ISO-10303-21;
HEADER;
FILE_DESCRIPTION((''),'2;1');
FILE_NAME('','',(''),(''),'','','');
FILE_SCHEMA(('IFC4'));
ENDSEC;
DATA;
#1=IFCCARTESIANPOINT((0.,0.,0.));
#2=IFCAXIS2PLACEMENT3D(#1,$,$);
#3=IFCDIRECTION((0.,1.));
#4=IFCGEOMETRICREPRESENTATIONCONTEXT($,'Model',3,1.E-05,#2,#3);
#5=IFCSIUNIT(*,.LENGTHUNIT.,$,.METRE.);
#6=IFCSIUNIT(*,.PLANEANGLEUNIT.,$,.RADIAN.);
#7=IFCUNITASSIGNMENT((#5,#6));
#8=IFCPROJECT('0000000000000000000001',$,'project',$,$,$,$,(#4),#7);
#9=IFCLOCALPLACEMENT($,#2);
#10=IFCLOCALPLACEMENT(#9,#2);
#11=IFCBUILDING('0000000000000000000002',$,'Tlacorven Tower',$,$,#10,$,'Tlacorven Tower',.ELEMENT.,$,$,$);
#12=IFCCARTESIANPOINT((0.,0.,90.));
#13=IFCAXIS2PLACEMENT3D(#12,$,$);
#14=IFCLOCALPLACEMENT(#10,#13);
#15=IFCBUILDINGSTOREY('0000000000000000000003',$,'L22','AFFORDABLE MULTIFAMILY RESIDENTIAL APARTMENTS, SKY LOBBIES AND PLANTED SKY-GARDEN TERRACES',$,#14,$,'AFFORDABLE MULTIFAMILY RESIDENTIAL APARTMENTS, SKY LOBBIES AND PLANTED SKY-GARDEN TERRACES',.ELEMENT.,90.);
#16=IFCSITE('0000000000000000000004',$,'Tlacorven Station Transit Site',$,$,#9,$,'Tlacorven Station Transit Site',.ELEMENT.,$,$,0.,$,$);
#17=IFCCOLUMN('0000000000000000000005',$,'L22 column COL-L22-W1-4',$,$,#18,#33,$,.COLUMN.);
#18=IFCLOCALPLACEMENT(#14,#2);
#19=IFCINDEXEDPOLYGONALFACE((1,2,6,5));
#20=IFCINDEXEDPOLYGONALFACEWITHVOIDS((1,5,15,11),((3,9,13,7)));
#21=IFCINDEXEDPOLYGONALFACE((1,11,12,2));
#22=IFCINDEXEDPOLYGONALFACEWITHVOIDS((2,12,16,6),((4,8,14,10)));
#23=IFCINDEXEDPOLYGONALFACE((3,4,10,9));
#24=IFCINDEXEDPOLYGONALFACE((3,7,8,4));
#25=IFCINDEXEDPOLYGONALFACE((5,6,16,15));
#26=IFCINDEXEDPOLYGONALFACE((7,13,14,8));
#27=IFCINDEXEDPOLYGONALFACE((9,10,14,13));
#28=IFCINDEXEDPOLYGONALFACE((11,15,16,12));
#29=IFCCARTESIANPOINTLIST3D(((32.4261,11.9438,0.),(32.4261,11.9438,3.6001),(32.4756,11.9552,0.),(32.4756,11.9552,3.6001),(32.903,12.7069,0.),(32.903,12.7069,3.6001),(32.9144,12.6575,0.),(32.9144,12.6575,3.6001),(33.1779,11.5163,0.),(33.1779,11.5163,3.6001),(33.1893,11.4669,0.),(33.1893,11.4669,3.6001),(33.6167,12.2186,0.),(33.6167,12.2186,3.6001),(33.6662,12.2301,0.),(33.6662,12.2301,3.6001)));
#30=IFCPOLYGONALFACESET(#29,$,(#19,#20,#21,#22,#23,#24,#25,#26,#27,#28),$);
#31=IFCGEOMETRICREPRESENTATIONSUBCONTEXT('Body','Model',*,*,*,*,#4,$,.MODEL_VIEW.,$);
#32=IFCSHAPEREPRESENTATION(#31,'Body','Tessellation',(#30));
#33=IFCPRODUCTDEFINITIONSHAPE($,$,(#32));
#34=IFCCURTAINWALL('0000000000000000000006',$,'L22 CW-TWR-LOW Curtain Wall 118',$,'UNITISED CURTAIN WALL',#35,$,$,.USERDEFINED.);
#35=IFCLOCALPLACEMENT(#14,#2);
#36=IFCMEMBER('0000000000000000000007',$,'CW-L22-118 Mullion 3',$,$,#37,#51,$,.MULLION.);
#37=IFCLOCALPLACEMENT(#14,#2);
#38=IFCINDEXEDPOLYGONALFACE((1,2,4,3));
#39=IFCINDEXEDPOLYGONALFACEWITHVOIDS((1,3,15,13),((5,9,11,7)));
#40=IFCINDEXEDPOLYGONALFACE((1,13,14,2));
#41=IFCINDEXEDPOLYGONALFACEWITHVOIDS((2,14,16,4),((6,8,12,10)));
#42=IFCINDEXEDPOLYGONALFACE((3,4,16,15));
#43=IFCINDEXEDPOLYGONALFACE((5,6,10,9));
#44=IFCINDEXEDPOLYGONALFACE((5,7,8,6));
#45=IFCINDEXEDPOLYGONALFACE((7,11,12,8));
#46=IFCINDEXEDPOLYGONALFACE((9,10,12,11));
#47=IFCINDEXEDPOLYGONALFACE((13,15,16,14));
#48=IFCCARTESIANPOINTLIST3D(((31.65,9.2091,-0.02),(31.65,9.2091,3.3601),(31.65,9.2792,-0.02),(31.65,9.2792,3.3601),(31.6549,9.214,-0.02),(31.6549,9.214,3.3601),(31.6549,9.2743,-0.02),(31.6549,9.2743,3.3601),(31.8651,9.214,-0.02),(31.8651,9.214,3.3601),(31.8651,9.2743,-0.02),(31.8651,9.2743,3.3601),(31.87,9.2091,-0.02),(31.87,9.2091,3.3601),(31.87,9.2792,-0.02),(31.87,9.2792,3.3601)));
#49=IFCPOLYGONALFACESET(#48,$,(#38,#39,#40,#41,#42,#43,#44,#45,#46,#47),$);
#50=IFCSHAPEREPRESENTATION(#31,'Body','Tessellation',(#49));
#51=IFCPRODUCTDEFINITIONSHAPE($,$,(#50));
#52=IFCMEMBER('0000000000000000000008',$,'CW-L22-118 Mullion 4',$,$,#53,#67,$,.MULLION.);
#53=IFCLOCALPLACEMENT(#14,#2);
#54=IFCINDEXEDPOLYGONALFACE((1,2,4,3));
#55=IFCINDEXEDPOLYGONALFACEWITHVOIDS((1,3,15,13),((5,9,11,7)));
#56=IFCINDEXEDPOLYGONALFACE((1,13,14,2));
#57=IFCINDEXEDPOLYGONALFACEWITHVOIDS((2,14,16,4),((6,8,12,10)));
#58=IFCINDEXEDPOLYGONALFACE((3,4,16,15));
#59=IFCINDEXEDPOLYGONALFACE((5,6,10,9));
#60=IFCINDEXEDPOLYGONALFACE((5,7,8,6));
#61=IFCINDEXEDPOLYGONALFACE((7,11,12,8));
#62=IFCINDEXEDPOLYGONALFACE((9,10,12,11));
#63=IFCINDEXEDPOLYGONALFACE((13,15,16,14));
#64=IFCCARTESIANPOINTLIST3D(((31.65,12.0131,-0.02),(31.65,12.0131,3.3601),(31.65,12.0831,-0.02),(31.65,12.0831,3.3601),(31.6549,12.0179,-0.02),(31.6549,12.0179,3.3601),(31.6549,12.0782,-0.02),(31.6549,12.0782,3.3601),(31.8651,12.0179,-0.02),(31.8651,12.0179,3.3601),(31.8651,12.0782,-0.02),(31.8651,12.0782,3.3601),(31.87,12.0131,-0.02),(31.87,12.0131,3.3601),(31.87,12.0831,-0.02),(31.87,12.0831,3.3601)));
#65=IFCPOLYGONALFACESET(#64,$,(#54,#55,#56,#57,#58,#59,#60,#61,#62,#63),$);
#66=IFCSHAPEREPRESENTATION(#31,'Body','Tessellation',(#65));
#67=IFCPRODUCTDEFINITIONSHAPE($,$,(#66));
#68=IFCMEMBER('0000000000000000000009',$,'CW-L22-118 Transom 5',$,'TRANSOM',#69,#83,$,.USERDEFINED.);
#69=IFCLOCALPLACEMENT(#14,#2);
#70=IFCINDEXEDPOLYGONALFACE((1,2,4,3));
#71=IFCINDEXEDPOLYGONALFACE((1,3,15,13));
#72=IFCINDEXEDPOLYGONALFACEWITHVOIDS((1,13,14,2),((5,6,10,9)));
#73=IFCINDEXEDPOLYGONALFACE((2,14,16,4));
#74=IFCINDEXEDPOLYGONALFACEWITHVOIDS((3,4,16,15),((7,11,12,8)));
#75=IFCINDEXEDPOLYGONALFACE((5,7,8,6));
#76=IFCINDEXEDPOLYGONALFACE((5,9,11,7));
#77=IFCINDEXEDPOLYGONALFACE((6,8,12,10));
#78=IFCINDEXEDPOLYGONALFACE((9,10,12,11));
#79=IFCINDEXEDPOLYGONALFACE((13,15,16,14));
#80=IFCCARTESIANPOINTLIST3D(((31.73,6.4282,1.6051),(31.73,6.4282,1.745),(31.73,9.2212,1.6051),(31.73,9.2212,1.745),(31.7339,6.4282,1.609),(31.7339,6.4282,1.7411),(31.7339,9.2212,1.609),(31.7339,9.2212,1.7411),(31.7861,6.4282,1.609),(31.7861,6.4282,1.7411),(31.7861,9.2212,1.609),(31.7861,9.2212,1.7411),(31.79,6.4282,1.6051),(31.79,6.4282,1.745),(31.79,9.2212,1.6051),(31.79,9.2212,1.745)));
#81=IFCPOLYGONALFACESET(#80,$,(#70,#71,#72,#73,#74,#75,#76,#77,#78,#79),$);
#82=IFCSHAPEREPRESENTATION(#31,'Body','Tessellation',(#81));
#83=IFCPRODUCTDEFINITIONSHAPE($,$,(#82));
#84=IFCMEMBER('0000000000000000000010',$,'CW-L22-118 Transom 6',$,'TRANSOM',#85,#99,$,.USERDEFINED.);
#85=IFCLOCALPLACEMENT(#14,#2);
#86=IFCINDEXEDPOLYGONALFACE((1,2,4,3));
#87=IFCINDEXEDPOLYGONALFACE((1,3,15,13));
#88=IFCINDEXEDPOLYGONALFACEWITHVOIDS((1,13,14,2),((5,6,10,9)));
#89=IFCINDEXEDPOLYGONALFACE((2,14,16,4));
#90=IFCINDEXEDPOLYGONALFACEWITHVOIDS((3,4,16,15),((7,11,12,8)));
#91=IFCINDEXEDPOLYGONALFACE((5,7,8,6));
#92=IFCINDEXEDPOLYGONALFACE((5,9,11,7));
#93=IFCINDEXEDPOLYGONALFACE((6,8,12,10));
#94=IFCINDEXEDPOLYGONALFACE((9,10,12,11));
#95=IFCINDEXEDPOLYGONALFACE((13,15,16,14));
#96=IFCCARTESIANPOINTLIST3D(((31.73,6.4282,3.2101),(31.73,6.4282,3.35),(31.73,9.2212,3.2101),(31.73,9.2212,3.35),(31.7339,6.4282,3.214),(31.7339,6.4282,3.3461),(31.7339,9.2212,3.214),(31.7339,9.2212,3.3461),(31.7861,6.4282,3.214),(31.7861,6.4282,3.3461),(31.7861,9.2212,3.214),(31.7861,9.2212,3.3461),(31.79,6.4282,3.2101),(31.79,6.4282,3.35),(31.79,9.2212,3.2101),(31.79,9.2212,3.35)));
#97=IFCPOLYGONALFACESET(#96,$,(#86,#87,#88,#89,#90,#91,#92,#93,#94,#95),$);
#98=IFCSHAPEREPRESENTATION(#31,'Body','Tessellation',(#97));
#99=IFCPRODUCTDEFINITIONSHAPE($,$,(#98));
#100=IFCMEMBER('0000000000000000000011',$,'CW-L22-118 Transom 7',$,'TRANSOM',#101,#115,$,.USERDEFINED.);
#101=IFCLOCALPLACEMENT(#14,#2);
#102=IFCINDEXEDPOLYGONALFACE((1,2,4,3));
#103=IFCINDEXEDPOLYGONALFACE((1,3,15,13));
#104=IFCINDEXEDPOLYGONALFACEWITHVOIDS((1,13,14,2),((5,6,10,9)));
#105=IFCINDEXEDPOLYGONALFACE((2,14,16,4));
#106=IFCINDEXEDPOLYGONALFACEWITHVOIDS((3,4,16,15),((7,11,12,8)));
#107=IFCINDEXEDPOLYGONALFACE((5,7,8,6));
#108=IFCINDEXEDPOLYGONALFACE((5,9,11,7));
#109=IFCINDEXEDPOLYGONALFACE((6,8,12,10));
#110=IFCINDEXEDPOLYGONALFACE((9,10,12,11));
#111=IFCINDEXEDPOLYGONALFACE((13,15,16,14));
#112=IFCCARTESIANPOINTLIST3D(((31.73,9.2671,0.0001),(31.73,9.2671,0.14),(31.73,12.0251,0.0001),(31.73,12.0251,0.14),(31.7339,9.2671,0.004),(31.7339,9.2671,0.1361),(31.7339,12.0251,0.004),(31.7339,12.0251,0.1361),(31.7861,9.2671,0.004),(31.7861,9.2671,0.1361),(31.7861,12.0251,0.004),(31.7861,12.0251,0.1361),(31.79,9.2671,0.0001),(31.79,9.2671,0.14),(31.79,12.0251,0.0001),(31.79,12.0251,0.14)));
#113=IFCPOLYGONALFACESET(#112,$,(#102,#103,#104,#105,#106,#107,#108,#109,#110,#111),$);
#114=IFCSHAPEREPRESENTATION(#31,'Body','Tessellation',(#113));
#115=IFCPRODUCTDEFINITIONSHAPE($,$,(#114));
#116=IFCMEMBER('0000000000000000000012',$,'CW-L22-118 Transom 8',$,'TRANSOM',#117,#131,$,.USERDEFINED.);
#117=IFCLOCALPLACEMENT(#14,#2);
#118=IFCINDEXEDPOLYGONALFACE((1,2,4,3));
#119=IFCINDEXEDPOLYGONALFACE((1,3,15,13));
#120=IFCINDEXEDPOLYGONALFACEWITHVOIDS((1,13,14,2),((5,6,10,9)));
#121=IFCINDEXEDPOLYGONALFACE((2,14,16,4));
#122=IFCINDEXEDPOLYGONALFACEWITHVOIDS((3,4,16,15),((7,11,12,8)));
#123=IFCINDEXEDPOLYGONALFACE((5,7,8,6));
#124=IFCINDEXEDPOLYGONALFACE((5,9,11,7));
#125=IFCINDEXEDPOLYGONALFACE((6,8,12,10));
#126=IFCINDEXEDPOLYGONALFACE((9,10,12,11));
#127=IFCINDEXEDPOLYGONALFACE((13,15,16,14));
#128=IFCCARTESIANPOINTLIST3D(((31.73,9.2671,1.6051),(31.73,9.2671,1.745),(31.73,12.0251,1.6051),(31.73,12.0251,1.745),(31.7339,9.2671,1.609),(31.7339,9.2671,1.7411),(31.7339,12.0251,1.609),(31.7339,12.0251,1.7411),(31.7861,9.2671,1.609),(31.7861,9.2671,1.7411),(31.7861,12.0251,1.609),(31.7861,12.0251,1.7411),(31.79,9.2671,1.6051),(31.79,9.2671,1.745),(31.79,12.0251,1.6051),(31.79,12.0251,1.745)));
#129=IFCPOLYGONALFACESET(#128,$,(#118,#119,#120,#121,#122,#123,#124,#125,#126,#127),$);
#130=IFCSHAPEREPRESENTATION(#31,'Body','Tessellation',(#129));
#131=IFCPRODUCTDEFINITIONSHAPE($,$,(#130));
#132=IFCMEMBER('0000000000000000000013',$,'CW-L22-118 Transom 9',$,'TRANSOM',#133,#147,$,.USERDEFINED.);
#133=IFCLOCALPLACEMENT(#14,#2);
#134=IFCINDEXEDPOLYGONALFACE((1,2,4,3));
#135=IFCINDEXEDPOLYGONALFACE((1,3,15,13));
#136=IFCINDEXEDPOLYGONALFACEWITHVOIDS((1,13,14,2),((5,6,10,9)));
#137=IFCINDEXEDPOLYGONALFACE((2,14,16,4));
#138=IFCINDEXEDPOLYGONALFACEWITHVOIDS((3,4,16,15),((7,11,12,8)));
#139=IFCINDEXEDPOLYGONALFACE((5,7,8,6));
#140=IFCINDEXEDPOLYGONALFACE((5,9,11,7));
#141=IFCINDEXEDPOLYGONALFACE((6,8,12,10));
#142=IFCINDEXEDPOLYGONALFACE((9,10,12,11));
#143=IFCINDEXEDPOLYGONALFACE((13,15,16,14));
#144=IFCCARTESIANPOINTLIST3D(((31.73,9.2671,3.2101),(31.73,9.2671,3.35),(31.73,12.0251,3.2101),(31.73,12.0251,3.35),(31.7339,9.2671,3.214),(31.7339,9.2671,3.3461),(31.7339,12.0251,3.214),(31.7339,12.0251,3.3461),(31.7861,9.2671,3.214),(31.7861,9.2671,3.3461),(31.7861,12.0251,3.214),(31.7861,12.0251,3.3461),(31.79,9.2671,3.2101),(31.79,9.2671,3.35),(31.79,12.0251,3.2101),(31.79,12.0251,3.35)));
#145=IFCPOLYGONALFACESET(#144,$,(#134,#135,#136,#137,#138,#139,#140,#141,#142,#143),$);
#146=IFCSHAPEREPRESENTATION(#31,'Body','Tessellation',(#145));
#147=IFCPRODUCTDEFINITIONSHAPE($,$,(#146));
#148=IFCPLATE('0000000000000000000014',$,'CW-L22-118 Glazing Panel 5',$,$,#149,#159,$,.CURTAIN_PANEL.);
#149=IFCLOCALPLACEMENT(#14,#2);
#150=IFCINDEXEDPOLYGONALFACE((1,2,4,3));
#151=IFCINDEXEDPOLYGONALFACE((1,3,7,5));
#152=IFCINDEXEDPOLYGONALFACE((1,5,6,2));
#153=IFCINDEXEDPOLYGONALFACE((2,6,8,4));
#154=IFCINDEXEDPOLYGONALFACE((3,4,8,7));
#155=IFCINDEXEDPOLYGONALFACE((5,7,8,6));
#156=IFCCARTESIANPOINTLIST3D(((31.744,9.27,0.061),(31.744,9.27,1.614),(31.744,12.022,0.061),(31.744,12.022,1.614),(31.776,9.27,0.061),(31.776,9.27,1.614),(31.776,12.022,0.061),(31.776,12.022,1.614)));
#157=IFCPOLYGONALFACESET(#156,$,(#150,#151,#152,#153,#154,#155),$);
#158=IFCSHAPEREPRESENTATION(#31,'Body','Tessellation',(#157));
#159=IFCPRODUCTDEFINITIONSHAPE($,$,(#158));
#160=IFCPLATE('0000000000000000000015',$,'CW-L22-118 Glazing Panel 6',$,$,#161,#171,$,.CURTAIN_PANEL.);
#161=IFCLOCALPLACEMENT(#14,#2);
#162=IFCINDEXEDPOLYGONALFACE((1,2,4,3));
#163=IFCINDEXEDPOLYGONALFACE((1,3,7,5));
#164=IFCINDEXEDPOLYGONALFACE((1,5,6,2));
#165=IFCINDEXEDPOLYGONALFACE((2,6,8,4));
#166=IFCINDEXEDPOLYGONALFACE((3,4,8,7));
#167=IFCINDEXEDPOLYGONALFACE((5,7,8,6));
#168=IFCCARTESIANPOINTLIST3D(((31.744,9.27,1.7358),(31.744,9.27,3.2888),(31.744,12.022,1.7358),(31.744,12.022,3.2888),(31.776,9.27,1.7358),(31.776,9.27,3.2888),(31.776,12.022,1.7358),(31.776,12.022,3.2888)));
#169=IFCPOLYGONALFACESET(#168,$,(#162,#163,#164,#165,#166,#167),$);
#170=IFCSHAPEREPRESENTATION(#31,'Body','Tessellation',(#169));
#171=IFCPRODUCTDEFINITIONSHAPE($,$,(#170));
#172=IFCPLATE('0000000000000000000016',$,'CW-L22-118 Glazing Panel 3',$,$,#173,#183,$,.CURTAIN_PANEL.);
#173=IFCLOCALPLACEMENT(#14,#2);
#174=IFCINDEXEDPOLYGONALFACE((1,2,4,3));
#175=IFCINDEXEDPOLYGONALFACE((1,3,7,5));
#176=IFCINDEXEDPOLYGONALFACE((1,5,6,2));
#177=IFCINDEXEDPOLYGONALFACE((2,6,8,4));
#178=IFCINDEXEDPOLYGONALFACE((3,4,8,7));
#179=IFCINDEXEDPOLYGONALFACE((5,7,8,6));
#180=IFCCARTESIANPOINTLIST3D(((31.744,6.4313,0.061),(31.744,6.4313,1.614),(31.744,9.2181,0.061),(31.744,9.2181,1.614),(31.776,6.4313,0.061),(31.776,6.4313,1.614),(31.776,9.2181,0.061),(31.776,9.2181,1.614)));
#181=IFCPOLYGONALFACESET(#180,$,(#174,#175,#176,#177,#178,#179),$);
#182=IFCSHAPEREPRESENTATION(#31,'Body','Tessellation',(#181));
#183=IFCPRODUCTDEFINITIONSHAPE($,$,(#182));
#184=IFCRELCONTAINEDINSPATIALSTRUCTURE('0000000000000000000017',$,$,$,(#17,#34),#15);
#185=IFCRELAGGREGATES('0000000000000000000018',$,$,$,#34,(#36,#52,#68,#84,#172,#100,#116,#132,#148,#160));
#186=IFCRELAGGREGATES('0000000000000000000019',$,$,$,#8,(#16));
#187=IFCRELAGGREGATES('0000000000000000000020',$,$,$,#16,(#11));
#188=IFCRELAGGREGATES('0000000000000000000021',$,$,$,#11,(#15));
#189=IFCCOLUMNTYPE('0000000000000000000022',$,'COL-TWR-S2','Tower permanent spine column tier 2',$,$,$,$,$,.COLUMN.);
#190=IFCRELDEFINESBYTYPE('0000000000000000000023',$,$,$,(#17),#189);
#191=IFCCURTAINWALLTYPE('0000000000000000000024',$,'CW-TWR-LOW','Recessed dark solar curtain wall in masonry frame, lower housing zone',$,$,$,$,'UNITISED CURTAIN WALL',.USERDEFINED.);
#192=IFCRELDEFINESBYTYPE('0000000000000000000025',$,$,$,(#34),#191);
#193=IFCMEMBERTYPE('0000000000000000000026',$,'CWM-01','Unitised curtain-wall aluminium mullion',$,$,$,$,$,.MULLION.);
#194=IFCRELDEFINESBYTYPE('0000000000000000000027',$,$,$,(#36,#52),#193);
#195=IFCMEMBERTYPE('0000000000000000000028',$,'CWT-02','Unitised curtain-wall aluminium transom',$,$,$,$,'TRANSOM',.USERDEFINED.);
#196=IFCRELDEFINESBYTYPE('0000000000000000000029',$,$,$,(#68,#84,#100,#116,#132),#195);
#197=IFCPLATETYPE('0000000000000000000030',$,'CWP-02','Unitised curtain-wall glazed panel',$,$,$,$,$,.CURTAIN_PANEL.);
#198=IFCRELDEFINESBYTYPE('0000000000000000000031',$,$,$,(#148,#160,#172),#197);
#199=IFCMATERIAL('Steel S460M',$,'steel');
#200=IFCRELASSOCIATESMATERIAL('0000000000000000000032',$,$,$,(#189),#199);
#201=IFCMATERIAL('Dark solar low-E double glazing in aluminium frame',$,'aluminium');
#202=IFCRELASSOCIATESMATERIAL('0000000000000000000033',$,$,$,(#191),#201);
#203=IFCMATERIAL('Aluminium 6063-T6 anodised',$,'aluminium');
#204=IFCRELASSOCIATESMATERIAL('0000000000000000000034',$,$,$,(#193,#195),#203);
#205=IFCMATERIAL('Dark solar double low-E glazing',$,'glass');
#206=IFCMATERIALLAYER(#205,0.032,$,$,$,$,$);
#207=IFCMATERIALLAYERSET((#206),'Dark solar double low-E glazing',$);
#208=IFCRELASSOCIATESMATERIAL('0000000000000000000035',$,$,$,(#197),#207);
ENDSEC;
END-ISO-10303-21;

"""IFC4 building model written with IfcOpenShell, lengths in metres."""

from ifc_helpers import new_model, si_unit, direction, frame, origin, origin_2d, place, context, subcontext, project, spatial, rectangle, hollow_rectangle, extrude, source, transform, mapped, material, layer, layer_set, material_profile, profile_set, type_object, element, aggregate, save


model = new_model("IFC4")

# Units and contexts
model_context = context("Model", 3, precision=1e-05, world=origin(), true_north=direction((0.0, 1.0)))
body_context = subcontext(model_context, "Body", "Model", "MODEL_VIEW")
ifc_project = project(units=[si_unit("LENGTHUNIT", "METRE"), si_unit("PLANEANGLEUNIT", "RADIAN")], contexts=[model_context])

# Site, building, storey
site_placement = place(None, origin())
site = spatial("IfcSite", under=ifc_project, at=site_placement, Name="Tlacorven Station Transit Site", LongName="Tlacorven Station Transit Site", CompositionType="ELEMENT", RefElevation=0.0)
building_placement = place(site_placement, origin())
building = spatial("IfcBuilding", under=site, at=building_placement, Name="Tlacorven Tower", LongName="Tlacorven Tower", CompositionType="ELEMENT")
storey_placement = place(building_placement, frame((0.0, 0.0, 90.0)))
storey = spatial("IfcBuildingStorey", under=building, at=storey_placement, Name="L22", Description="AFFORDABLE MULTIFAMILY RESIDENTIAL APARTMENTS, SKY LOBBIES AND PLANTED SKY-GARDEN TERRACES", LongName="AFFORDABLE MULTIFAMILY RESIDENTIAL APARTMENTS, SKY LOBBIES AND PLANTED SKY-GARDEN TERRACES", CompositionType="ELEMENT", Elevation=90.0)

# Column
ifc_material_1 = material(Name="Steel S460M", Category="steel")
ifc_material_profile_1 = material_profile(ifc_material_1, hollow_rectangle(XDim=0.8999, YDim=0.8999, WallThickness=0.0359, at=origin_2d()), Name="BOX 900X900X36")
ifc_profile_set_1 = profile_set([ifc_material_profile_1], Name="Steel S460M")
column_type = type_object("IfcColumnType", Name="COL-TWR-S2", Description="Tower permanent spine column tier 2", PredefinedType="COLUMN", material=ifc_profile_set_1)
shared_shape_1 = source(origin(), body_context, "Body", "SweptSolid", [
    extrude(hollow_rectangle(XDim=0.8999, YDim=0.8999, WallThickness=0.0359, at=origin_2d()), origin(), (0.0, 0.0, 1.0), 3.6001),
])
column_placement = place(storey_placement, frame((33.0461, 12.0869, 0.0), z_axis=(0.0, 0.0, 1.0), x_axis=(-0.848048, 0.529919, 0.0)))
element("IfcColumn", 1, at=column_placement, inside=storey, type_object=column_type, Name="L22 column COL-L22-W1-4", PredefinedType="COLUMN", context=body_context, shape_type="MappedRepresentation", body=[
    mapped(shared_shape_1, transform((0.0, 0.0, 0.0), scale=1.0)),
])

# Curtain wall, members, plates
ifc_material_2 = material(Name="Dark solar low-E double glazing in aluminium frame", Category="aluminium")
curtain_wall_type = type_object("IfcCurtainWallType", Name="CW-TWR-LOW", Description="Recessed dark solar curtain wall in masonry frame, lower housing zone", ElementType="UNITISED CURTAIN WALL", PredefinedType="USERDEFINED", material=ifc_material_2)
curtain_wall_placement = place(storey_placement, origin())
curtain_wall = element("IfcCurtainWall", 2, at=curtain_wall_placement, inside=storey, type_object=curtain_wall_type, Name="L22 CW-TWR-LOW Curtain Wall 118", ObjectType="UNITISED CURTAIN WALL", PredefinedType="USERDEFINED")
ifc_material_3 = material(Name="Aluminium 6063-T6 anodised", Category="aluminium")
ifc_material_profile_2 = material_profile(ifc_material_3, hollow_rectangle(XDim=0.0701, YDim=0.22, WallThickness=0.0049, at=origin_2d()), Name="ALU MULLION 70X220")
ifc_profile_set_2 = profile_set([ifc_material_profile_2], Name="Aluminium 6063-T6 anodised")
member_type_1 = type_object("IfcMemberType", Name="CWM-01", Description="Unitised curtain-wall aluminium mullion", PredefinedType="MULLION", material=ifc_profile_set_2)
shared_shape_2 = source(origin(), body_context, "Body", "SweptSolid", [
    extrude(hollow_rectangle(XDim=0.0701, YDim=0.22, WallThickness=0.0049, at=origin_2d()), origin(), (0.0, 0.0, 1.0), 3.3801),
])
member_1_placement = place(storey_placement, frame((31.76, 9.2441, -0.02), z_axis=(0.0, 0.0, 1.0), x_axis=(0.0, 1.0, 0.0)))
member_1 = element("IfcMember", 3, at=member_1_placement, type_object=member_type_1, Name="CW-L22-118 Mullion 3", PredefinedType="MULLION", context=body_context, shape_type="MappedRepresentation", body=[
    mapped(shared_shape_2, transform((0.0, 0.0, 0.0), scale=1.0)),
])
member_2_placement = place(storey_placement, frame((31.76, 12.0481, -0.02), z_axis=(0.0, 0.0, 1.0), x_axis=(0.0, 1.0, 0.0)))
member_2 = element("IfcMember", 4, at=member_2_placement, type_object=member_type_1, Name="CW-L22-118 Mullion 4", PredefinedType="MULLION", context=body_context, shape_type="MappedRepresentation", body=[
    mapped(shared_shape_2, transform((0.0, 0.0, 0.0), scale=1.0)),
])
ifc_material_profile_3 = material_profile(ifc_material_3, hollow_rectangle(XDim=0.0601, YDim=0.1399, WallThickness=0.0039, at=origin_2d()), Name="ALU TRANSOM 60X140")
ifc_profile_set_3 = profile_set([ifc_material_profile_3], Name="Aluminium 6063-T6 anodised")
member_type_2 = type_object("IfcMemberType", Name="CWT-02", Description="Unitised curtain-wall aluminium transom", ElementType="TRANSOM", PredefinedType="USERDEFINED", material=ifc_profile_set_3)
shared_shape_3 = source(origin(), body_context, "Body", "SweptSolid", [
    extrude(hollow_rectangle(XDim=0.0601, YDim=0.1399, WallThickness=0.0039, at=origin_2d()), origin(), (0.0, 0.0, 1.0), 2.793),
])
member_3_placement = place(storey_placement, frame((31.76, 6.4282, 1.675), z_axis=(0.0, 1.0, 0.0), x_axis=(-1.0, 0.0, 0.0)))
member_3 = element("IfcMember", 5, at=member_3_placement, type_object=member_type_2, Name="CW-L22-118 Transom 5", ObjectType="TRANSOM", PredefinedType="USERDEFINED", context=body_context, shape_type="MappedRepresentation", body=[
    mapped(shared_shape_3, transform((0.0, 0.0, 0.0), scale=1.0)),
])
member_4_placement = place(storey_placement, frame((31.76, 6.4282, 3.28), z_axis=(0.0, 1.0, 0.0), x_axis=(-1.0, 0.0, 0.0)))
member_4 = element("IfcMember", 6, at=member_4_placement, type_object=member_type_2, Name="CW-L22-118 Transom 6", ObjectType="TRANSOM", PredefinedType="USERDEFINED", context=body_context, shape_type="MappedRepresentation", body=[
    mapped(shared_shape_3, transform((0.0, 0.0, 0.0), scale=1.0)),
])
shared_shape_4 = source(origin(), body_context, "Body", "SweptSolid", [
    extrude(hollow_rectangle(XDim=0.0601, YDim=0.1399, WallThickness=0.0039, at=origin_2d()), origin(), (0.0, 0.0, 1.0), 2.7581),
])
member_5_placement = place(storey_placement, frame((31.76, 9.2671, 0.0701), z_axis=(0.0, 1.0, 0.0), x_axis=(-1.0, 0.0, 0.0)))
member_5 = element("IfcMember", 7, at=member_5_placement, type_object=member_type_2, Name="CW-L22-118 Transom 7", ObjectType="TRANSOM", PredefinedType="USERDEFINED", context=body_context, shape_type="MappedRepresentation", body=[
    mapped(shared_shape_4, transform((0.0, 0.0, 0.0), scale=1.0)),
])
member_6_placement = place(storey_placement, frame((31.76, 9.2671, 1.675), z_axis=(0.0, 1.0, 0.0), x_axis=(-1.0, 0.0, 0.0)))
member_6 = element("IfcMember", 8, at=member_6_placement, type_object=member_type_2, Name="CW-L22-118 Transom 8", ObjectType="TRANSOM", PredefinedType="USERDEFINED", context=body_context, shape_type="MappedRepresentation", body=[
    mapped(shared_shape_4, transform((0.0, 0.0, 0.0), scale=1.0)),
])
member_7_placement = place(storey_placement, frame((31.76, 9.2671, 3.28), z_axis=(0.0, 1.0, 0.0), x_axis=(-1.0, 0.0, 0.0)))
member_7 = element("IfcMember", 9, at=member_7_placement, type_object=member_type_2, Name="CW-L22-118 Transom 9", ObjectType="TRANSOM", PredefinedType="USERDEFINED", context=body_context, shape_type="MappedRepresentation", body=[
    mapped(shared_shape_4, transform((0.0, 0.0, 0.0), scale=1.0)),
])
ifc_material_4 = material(Name="Dark solar double low-E glazing", Category="glass")
ifc_layer = layer(ifc_material_4, 0.032)
ifc_layer_set = layer_set([ifc_layer], Name="Dark solar double low-E glazing")
plate_type = type_object("IfcPlateType", Name="CWP-02", Description="Unitised curtain-wall glazed panel", PredefinedType="CURTAIN_PANEL", material=ifc_layer_set)
shared_shape_5 = source(origin(), body_context, "Body", "SweptSolid", [
    extrude(rectangle(XDim=2.752, YDim=0.032, at=origin_2d()), origin(), (0.0, 0.0, 1.0), 1.553),
])
plate_1_placement = place(storey_placement, frame((31.76, 10.646, 0.061), z_axis=(0.0, 0.0, 1.0), x_axis=(0.0, 1.0, 0.0)))
plate_1 = element("IfcPlate", 10, at=plate_1_placement, type_object=plate_type, Name="CW-L22-118 Glazing Panel 5", PredefinedType="CURTAIN_PANEL", context=body_context, shape_type="MappedRepresentation", body=[
    mapped(shared_shape_5, transform((0.0, 0.0, 0.0), scale=1.0)),
])
plate_2_placement = place(storey_placement, frame((31.76, 10.646, 1.7358), z_axis=(0.0, 0.0, 1.0), x_axis=(0.0, 1.0, 0.0)))
plate_2 = element("IfcPlate", 11, at=plate_2_placement, type_object=plate_type, Name="CW-L22-118 Glazing Panel 6", PredefinedType="CURTAIN_PANEL", context=body_context, shape_type="MappedRepresentation", body=[
    mapped(shared_shape_5, transform((0.0, 0.0, 0.0), scale=1.0)),
])
shared_shape_6 = source(origin(), body_context, "Body", "SweptSolid", [
    extrude(rectangle(XDim=2.7869, YDim=0.032, at=origin_2d()), origin(), (0.0, 0.0, 1.0), 1.553),
])
plate_3_placement = place(storey_placement, frame((31.76, 7.8247, 0.061), z_axis=(0.0, 0.0, 1.0), x_axis=(0.0, 1.0, 0.0)))
plate_3 = element("IfcPlate", 12, at=plate_3_placement, type_object=plate_type, Name="CW-L22-118 Glazing Panel 3", PredefinedType="CURTAIN_PANEL", context=body_context, shape_type="MappedRepresentation", body=[
    mapped(shared_shape_6, transform((0.0, 0.0, 0.0), scale=1.0)),
])
aggregate(curtain_wall, [member_1, member_2, member_3, member_4, plate_3, member_5, member_6, member_7, plate_1, plate_2])

save(model, "model.ifc")
